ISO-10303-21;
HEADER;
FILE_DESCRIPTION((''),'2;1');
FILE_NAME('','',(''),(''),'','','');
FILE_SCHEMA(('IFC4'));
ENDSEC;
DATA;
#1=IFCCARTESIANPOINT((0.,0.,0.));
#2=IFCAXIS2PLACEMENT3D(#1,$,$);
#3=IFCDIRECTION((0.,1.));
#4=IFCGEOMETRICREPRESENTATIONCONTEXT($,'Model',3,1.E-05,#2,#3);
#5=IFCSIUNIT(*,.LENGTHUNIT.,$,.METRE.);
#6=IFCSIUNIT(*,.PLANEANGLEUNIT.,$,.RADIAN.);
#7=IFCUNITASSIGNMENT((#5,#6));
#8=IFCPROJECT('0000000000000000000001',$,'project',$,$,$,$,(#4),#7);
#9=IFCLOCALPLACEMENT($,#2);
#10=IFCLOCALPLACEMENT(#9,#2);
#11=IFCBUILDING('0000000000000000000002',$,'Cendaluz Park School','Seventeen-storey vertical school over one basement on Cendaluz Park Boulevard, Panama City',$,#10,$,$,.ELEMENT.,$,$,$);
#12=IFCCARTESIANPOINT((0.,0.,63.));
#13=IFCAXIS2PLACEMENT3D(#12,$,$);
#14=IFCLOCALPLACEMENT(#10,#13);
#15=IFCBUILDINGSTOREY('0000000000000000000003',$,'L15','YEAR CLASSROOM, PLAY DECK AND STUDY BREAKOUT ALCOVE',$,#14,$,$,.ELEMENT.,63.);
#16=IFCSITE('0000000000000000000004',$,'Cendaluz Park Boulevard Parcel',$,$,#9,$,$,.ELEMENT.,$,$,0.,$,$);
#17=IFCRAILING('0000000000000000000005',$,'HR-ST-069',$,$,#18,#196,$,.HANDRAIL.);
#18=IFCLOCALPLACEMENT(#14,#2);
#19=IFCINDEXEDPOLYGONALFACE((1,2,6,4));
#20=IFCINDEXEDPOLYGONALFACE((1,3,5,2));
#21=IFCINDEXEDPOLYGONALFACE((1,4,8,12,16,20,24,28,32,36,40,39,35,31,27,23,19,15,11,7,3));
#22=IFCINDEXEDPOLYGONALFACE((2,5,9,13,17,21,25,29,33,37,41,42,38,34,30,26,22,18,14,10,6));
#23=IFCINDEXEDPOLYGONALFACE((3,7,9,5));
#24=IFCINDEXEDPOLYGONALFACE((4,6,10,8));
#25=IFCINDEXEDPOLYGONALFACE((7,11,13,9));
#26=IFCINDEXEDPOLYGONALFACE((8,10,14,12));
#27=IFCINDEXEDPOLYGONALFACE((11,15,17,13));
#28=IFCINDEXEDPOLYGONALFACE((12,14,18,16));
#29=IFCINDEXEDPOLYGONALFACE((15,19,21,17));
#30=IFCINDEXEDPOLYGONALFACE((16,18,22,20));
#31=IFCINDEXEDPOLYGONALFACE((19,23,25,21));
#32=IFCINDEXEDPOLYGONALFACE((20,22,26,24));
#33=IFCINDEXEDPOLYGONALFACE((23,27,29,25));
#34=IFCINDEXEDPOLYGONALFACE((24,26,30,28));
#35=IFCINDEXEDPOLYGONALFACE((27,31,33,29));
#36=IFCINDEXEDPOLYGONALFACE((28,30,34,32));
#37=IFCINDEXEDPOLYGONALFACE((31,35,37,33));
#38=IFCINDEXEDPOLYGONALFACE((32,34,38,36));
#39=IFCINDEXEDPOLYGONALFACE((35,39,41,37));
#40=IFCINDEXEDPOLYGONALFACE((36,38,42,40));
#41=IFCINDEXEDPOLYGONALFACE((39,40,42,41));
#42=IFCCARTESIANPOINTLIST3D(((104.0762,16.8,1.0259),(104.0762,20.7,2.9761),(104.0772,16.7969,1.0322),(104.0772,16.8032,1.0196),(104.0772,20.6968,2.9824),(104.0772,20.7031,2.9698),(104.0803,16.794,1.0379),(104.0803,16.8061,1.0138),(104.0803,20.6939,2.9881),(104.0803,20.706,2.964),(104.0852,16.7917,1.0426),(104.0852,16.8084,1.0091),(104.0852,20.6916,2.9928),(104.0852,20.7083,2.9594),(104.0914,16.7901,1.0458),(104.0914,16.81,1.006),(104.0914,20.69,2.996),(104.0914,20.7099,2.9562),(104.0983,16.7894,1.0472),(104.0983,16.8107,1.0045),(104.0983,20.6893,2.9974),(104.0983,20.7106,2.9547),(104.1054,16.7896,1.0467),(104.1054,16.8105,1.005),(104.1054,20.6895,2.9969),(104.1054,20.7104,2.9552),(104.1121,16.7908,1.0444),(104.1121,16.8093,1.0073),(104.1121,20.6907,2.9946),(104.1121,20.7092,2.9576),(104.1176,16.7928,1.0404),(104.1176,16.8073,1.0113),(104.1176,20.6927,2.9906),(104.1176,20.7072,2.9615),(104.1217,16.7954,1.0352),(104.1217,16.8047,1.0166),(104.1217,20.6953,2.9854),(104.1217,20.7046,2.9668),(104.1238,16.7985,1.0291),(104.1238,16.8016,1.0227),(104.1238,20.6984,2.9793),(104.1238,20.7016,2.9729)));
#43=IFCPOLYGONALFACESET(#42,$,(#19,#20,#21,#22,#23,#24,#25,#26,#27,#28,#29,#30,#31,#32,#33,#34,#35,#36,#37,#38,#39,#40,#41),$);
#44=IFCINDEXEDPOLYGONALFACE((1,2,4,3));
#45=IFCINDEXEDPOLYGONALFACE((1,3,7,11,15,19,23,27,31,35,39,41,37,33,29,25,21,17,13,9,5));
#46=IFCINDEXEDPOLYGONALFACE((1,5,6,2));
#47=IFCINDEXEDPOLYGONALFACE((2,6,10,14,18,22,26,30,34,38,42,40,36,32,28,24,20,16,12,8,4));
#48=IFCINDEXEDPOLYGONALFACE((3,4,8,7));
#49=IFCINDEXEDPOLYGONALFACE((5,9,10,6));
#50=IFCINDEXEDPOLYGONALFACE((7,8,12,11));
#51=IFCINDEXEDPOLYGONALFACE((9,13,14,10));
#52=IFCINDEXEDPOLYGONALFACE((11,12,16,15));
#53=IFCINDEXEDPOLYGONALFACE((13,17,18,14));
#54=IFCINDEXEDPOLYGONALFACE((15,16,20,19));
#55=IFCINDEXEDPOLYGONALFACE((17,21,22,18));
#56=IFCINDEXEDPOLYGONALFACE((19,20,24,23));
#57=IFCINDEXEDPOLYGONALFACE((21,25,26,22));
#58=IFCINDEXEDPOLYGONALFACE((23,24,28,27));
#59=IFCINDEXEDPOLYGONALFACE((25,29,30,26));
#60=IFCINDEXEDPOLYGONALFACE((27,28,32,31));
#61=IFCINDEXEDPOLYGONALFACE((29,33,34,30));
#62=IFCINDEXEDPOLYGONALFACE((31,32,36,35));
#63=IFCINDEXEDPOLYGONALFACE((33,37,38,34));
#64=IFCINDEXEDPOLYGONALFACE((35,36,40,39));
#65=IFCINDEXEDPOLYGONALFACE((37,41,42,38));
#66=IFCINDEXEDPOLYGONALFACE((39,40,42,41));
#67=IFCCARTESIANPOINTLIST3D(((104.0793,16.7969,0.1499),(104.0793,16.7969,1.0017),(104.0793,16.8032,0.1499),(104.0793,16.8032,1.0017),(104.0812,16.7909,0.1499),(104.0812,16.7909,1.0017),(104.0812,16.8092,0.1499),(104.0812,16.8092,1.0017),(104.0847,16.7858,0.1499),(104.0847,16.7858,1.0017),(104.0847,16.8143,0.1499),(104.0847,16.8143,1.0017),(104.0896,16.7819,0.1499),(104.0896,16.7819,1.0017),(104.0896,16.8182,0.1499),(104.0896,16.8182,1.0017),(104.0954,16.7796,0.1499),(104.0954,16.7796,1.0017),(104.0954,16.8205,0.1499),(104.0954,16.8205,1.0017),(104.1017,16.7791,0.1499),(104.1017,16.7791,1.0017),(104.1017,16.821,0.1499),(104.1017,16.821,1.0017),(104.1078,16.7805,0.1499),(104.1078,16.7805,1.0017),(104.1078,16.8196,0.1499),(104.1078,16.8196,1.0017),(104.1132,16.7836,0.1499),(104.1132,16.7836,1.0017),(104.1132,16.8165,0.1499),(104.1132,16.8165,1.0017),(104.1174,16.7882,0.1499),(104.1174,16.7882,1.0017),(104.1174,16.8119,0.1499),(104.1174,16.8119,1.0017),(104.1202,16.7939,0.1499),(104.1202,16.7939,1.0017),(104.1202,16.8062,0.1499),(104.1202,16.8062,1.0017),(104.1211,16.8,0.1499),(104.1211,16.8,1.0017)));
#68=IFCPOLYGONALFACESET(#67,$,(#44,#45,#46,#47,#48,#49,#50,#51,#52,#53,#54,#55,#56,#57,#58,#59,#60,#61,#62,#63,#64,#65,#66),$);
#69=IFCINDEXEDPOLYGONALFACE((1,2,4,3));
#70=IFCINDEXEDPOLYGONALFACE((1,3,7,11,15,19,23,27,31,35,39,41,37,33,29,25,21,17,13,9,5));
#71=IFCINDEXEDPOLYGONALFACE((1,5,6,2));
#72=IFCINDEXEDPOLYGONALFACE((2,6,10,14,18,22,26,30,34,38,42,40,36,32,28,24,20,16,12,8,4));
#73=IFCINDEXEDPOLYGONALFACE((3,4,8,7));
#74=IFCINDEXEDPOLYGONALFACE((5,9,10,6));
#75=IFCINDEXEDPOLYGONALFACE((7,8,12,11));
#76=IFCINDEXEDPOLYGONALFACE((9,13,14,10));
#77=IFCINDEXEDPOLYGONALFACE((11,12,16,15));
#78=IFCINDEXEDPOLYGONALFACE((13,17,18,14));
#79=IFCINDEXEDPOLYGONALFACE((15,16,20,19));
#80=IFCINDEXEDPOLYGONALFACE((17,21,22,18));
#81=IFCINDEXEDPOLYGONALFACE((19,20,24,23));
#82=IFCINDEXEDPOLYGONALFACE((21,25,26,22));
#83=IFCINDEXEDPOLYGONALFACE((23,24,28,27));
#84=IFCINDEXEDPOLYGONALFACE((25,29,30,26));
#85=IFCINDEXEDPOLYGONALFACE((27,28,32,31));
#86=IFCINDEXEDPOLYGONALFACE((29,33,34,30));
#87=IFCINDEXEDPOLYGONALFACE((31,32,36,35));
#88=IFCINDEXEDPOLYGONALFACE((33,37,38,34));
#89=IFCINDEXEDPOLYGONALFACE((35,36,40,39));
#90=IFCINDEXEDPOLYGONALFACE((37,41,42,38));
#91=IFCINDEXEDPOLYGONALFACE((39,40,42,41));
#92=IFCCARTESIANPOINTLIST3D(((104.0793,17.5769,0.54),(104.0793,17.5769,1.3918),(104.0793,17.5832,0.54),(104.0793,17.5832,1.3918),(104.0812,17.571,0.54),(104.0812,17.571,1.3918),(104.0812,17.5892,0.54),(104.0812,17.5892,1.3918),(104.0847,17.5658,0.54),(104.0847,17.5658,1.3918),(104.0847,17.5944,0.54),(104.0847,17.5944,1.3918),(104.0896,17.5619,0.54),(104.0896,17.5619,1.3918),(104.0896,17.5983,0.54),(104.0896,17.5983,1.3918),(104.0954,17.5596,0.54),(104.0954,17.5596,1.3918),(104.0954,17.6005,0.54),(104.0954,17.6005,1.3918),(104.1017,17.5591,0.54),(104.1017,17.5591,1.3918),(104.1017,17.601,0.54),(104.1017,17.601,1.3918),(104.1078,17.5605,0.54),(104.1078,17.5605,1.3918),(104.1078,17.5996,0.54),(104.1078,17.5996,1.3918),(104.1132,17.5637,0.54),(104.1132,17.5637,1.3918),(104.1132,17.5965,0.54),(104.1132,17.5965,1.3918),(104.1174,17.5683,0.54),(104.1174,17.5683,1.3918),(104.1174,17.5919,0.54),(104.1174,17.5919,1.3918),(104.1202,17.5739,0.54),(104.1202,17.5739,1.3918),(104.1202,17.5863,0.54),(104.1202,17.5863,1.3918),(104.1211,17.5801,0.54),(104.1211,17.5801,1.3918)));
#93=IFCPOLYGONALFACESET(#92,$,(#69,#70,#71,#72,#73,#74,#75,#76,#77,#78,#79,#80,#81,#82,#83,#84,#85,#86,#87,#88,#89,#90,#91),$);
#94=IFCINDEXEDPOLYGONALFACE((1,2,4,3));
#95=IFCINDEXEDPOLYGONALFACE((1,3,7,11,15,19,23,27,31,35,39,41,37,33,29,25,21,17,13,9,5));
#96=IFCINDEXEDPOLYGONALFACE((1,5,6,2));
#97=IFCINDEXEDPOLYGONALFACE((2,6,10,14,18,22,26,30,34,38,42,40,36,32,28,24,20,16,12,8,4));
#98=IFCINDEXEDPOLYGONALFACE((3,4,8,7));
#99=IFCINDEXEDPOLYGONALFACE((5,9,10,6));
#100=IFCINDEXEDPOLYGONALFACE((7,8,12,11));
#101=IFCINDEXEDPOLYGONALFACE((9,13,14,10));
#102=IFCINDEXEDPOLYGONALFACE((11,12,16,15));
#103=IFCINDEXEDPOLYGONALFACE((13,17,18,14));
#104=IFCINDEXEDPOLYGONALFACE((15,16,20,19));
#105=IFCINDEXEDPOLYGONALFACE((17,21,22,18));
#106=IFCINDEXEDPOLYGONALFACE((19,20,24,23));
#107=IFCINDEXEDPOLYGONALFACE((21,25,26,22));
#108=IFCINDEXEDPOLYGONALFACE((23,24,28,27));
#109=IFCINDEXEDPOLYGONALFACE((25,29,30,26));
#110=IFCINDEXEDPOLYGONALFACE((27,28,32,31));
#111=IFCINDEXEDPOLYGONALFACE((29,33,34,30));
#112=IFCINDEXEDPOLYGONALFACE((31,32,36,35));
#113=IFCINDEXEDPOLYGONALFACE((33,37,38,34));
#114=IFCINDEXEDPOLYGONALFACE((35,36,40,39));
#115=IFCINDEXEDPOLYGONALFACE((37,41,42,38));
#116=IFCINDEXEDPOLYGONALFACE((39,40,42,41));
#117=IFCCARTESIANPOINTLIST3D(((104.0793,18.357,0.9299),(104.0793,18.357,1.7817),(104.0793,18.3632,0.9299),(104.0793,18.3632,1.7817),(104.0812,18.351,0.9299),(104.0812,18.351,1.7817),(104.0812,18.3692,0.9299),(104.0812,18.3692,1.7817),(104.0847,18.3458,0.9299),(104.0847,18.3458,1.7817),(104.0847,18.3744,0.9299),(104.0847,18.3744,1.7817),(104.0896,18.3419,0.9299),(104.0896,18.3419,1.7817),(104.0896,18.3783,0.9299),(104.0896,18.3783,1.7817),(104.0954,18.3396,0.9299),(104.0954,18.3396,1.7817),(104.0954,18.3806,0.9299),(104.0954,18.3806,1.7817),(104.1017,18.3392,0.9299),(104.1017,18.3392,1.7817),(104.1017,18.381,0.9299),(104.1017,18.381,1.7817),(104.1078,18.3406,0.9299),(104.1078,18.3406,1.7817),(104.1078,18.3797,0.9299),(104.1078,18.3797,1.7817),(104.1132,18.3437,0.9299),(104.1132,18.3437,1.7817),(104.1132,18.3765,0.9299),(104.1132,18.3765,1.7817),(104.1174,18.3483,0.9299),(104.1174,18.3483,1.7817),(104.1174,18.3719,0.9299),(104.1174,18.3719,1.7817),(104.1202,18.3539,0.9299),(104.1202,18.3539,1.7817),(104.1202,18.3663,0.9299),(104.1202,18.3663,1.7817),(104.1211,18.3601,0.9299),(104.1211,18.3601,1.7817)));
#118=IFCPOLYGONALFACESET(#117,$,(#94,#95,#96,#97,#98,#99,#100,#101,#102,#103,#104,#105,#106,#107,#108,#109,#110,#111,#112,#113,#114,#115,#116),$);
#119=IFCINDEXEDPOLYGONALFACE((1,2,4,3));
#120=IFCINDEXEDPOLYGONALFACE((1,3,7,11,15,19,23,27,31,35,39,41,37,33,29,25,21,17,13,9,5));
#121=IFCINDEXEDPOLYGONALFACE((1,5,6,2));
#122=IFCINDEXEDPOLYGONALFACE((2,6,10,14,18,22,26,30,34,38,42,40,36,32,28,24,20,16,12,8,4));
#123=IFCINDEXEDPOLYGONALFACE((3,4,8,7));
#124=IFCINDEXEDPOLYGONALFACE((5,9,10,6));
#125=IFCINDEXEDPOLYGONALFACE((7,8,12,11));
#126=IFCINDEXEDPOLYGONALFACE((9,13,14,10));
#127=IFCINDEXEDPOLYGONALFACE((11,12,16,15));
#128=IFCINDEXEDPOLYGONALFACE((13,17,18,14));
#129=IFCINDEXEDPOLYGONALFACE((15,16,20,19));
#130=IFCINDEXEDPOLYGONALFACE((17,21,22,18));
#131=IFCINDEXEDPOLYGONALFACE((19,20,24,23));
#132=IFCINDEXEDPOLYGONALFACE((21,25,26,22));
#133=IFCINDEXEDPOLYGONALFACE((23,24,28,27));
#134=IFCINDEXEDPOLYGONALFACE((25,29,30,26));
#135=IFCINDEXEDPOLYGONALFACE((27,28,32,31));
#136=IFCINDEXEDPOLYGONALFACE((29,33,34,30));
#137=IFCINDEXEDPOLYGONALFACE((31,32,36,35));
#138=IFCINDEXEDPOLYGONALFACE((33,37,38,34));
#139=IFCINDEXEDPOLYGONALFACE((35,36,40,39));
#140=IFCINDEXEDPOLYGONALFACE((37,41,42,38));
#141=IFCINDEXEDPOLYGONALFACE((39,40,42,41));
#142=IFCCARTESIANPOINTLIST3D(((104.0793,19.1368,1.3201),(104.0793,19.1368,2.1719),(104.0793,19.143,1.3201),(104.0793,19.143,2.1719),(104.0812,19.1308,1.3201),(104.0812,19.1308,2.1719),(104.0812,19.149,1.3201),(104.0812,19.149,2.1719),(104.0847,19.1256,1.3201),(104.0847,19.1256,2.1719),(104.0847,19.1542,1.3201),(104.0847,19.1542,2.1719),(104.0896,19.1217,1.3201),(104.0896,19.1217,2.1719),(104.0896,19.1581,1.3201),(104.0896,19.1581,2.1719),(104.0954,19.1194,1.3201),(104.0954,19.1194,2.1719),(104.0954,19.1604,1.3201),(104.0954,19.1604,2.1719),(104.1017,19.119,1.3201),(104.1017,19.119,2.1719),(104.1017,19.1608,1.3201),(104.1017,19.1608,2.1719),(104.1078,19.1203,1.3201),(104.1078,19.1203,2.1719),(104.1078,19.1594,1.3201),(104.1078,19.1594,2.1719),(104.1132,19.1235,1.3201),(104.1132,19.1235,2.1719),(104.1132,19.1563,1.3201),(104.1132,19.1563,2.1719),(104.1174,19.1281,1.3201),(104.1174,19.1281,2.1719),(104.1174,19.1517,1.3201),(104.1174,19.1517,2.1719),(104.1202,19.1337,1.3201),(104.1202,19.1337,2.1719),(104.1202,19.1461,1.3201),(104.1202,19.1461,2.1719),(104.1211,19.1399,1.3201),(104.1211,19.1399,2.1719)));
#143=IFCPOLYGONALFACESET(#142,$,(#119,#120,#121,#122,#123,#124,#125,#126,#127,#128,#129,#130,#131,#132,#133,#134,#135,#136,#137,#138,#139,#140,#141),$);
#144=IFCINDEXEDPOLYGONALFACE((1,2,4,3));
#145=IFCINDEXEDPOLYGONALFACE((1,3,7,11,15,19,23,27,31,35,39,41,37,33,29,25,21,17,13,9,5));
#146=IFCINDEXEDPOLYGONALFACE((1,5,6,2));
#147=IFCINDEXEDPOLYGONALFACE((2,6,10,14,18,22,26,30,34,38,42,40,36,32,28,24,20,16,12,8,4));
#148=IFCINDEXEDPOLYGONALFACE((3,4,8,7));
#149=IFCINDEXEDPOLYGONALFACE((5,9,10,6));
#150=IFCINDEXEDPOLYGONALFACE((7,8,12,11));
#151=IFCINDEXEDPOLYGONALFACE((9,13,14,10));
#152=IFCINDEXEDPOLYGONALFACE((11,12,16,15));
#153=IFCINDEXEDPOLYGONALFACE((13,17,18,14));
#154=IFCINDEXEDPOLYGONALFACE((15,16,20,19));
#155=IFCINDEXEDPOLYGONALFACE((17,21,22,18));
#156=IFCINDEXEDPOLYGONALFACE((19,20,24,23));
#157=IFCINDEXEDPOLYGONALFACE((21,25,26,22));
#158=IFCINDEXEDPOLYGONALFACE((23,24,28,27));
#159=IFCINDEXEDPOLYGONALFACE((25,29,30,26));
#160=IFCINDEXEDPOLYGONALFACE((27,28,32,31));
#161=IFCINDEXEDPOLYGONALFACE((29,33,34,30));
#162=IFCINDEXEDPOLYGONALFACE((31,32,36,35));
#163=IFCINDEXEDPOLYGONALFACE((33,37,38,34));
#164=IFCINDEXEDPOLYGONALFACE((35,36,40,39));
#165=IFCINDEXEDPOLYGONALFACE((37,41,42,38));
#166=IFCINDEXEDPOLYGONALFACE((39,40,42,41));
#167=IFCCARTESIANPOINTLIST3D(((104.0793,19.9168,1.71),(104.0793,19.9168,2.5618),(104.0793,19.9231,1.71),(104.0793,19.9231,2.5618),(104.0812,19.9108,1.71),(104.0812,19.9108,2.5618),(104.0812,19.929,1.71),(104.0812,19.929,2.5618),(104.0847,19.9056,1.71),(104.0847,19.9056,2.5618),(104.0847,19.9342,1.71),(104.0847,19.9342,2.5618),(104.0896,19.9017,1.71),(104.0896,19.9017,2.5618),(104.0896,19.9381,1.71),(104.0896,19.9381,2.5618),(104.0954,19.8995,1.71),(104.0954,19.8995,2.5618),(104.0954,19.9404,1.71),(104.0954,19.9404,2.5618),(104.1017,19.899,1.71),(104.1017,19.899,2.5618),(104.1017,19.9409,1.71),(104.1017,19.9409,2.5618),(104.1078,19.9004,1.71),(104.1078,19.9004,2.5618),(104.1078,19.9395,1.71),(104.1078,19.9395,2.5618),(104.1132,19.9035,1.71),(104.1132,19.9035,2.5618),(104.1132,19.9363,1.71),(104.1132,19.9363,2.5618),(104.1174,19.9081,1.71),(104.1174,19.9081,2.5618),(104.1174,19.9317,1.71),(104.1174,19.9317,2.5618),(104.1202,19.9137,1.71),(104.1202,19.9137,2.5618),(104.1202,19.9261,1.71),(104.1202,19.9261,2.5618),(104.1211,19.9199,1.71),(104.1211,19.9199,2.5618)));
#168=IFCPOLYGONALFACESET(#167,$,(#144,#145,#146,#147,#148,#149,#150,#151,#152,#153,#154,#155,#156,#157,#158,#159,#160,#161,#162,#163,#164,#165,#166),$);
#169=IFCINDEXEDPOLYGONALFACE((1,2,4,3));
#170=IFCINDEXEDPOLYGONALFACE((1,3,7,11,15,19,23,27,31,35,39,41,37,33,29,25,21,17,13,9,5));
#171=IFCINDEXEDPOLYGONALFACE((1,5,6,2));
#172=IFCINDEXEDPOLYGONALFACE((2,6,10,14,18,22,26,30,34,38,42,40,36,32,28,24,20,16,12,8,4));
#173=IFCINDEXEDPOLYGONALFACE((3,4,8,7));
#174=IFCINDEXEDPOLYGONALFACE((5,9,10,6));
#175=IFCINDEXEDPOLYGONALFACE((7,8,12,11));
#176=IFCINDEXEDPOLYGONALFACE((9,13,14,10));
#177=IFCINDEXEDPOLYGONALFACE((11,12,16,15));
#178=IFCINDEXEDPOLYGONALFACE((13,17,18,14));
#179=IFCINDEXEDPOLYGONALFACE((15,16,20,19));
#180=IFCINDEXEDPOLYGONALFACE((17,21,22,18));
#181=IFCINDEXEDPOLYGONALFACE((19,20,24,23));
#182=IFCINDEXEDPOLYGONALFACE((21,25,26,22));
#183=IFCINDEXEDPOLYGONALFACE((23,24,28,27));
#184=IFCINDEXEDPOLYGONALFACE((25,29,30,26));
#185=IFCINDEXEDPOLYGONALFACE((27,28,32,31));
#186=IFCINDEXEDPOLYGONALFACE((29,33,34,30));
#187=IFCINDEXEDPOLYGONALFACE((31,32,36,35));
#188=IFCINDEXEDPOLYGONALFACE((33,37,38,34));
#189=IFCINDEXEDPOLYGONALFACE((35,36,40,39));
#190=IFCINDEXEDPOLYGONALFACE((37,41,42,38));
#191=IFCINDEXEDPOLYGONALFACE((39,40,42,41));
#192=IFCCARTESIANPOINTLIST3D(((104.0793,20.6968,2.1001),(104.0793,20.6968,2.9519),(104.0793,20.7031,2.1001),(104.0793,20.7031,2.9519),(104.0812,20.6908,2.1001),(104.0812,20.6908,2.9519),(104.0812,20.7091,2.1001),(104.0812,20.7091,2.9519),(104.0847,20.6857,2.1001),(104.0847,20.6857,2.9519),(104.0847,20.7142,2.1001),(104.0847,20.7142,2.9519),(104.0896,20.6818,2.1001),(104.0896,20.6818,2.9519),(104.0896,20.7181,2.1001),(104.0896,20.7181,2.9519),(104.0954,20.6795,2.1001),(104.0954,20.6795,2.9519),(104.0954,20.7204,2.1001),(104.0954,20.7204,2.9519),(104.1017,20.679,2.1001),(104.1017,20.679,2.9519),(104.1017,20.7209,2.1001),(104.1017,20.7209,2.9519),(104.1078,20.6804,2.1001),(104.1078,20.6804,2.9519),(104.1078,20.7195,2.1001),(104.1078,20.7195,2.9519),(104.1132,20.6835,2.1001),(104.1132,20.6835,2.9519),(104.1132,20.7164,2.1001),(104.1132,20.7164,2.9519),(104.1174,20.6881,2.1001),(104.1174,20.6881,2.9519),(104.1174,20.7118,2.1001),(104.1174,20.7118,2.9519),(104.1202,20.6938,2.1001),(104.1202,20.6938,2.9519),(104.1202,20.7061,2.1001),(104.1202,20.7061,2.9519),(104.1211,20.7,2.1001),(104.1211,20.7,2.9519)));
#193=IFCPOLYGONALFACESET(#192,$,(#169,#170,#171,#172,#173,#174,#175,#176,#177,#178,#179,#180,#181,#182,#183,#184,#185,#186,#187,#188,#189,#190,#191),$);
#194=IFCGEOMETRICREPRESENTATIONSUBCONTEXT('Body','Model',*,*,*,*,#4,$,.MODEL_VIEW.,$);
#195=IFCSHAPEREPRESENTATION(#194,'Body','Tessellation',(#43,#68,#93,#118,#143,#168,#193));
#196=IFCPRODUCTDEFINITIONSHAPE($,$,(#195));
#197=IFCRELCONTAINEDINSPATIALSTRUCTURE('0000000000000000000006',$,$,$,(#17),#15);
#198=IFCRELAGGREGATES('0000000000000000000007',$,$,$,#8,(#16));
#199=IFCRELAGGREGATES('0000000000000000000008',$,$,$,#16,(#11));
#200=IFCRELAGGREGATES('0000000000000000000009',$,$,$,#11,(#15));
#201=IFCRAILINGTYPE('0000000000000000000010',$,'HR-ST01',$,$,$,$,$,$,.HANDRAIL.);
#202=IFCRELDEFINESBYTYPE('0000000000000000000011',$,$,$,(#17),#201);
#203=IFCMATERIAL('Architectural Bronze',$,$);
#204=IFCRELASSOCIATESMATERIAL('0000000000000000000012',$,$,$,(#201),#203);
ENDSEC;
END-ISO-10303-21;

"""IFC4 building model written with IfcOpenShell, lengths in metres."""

from ifc_helpers import new_model, si_unit, direction, frame, origin, origin_2d, place, context, subcontext, project, spatial, circle, extrude, material, type_object, element, save


model = new_model("IFC4")

# Units and contexts
model_context = context("Model", 3, precision=1e-05, world=origin(), true_north=direction((0.0, 1.0)))
body_context = subcontext(model_context, "Body", "Model", "MODEL_VIEW")
ifc_project = project(units=[si_unit("LENGTHUNIT", "METRE"), si_unit("PLANEANGLEUNIT", "RADIAN")], contexts=[model_context])

# Site, building, storey
site_placement = place(None, origin())
site = spatial("IfcSite", under=ifc_project, at=site_placement, Name="Cendaluz Park Boulevard Parcel", CompositionType="ELEMENT", RefElevation=0.0)
building_placement = place(site_placement, origin())
building = spatial("IfcBuilding", under=site, at=building_placement, Name="Cendaluz Park School", Description="Seventeen-storey vertical school over one basement on Cendaluz Park Boulevard, Panama City", CompositionType="ELEMENT")
storey_placement = place(building_placement, frame((0.0, 0.0, 63.0)))
storey = spatial("IfcBuildingStorey", under=building, at=storey_placement, Name="L15", Description="YEAR CLASSROOM, PLAY DECK AND STUDY BREAKOUT ALCOVE", CompositionType="ELEMENT", Elevation=63.0)

# Railing
ifc_material_1 = material(Name="Architectural Bronze")
railing_type_1 = type_object("IfcRailingType", Name="HR-ST01", PredefinedType="HANDRAIL", material=ifc_material_1)
railing_1_placement = place(storey_placement, frame((104.1001, 16.8, 0.1499)))
element("IfcRailing", 1, at=railing_1_placement, inside=storey, type_object=railing_type_1, Name="HR-ST-069", PredefinedType="HANDRAIL", context=body_context, shape_type="SweptSolid", body=[
    extrude(circle(Radius=0.0239, at=origin_2d()), frame((0.0, 0.0, 0.876), z_axis=(0.0, 0.894405, 0.447258), x_axis=(-1.0, 0.0, 0.0)), (0.0, 0.0, 1.0), 4.3604),
    extrude(circle(Radius=0.021, at=origin_2d()), origin(), (0.0, 0.0, 1.0), 0.8518),
    extrude(circle(Radius=0.021, at=origin_2d()), frame((0.0, 0.78, 0.3901)), (0.0, 0.0, 1.0), 0.8518),
    extrude(circle(Radius=0.021, at=origin_2d()), frame((0.0, 1.5601, 0.78)), (0.0, 0.0, 1.0), 0.8518),
    extrude(circle(Radius=0.021, at=origin_2d()), frame((0.0, 2.3398, 1.1702)), (0.0, 0.0, 1.0), 0.8518),
    extrude(circle(Radius=0.021, at=origin_2d()), frame((0.0, 3.1199, 1.5601)), (0.0, 0.0, 1.0), 0.8518),
    extrude(circle(Radius=0.021, at=origin_2d()), frame((0.0, 3.8999, 1.9502)), (0.0, 0.0, 1.0), 0.8518),
])

save(model, "model.ifc")
